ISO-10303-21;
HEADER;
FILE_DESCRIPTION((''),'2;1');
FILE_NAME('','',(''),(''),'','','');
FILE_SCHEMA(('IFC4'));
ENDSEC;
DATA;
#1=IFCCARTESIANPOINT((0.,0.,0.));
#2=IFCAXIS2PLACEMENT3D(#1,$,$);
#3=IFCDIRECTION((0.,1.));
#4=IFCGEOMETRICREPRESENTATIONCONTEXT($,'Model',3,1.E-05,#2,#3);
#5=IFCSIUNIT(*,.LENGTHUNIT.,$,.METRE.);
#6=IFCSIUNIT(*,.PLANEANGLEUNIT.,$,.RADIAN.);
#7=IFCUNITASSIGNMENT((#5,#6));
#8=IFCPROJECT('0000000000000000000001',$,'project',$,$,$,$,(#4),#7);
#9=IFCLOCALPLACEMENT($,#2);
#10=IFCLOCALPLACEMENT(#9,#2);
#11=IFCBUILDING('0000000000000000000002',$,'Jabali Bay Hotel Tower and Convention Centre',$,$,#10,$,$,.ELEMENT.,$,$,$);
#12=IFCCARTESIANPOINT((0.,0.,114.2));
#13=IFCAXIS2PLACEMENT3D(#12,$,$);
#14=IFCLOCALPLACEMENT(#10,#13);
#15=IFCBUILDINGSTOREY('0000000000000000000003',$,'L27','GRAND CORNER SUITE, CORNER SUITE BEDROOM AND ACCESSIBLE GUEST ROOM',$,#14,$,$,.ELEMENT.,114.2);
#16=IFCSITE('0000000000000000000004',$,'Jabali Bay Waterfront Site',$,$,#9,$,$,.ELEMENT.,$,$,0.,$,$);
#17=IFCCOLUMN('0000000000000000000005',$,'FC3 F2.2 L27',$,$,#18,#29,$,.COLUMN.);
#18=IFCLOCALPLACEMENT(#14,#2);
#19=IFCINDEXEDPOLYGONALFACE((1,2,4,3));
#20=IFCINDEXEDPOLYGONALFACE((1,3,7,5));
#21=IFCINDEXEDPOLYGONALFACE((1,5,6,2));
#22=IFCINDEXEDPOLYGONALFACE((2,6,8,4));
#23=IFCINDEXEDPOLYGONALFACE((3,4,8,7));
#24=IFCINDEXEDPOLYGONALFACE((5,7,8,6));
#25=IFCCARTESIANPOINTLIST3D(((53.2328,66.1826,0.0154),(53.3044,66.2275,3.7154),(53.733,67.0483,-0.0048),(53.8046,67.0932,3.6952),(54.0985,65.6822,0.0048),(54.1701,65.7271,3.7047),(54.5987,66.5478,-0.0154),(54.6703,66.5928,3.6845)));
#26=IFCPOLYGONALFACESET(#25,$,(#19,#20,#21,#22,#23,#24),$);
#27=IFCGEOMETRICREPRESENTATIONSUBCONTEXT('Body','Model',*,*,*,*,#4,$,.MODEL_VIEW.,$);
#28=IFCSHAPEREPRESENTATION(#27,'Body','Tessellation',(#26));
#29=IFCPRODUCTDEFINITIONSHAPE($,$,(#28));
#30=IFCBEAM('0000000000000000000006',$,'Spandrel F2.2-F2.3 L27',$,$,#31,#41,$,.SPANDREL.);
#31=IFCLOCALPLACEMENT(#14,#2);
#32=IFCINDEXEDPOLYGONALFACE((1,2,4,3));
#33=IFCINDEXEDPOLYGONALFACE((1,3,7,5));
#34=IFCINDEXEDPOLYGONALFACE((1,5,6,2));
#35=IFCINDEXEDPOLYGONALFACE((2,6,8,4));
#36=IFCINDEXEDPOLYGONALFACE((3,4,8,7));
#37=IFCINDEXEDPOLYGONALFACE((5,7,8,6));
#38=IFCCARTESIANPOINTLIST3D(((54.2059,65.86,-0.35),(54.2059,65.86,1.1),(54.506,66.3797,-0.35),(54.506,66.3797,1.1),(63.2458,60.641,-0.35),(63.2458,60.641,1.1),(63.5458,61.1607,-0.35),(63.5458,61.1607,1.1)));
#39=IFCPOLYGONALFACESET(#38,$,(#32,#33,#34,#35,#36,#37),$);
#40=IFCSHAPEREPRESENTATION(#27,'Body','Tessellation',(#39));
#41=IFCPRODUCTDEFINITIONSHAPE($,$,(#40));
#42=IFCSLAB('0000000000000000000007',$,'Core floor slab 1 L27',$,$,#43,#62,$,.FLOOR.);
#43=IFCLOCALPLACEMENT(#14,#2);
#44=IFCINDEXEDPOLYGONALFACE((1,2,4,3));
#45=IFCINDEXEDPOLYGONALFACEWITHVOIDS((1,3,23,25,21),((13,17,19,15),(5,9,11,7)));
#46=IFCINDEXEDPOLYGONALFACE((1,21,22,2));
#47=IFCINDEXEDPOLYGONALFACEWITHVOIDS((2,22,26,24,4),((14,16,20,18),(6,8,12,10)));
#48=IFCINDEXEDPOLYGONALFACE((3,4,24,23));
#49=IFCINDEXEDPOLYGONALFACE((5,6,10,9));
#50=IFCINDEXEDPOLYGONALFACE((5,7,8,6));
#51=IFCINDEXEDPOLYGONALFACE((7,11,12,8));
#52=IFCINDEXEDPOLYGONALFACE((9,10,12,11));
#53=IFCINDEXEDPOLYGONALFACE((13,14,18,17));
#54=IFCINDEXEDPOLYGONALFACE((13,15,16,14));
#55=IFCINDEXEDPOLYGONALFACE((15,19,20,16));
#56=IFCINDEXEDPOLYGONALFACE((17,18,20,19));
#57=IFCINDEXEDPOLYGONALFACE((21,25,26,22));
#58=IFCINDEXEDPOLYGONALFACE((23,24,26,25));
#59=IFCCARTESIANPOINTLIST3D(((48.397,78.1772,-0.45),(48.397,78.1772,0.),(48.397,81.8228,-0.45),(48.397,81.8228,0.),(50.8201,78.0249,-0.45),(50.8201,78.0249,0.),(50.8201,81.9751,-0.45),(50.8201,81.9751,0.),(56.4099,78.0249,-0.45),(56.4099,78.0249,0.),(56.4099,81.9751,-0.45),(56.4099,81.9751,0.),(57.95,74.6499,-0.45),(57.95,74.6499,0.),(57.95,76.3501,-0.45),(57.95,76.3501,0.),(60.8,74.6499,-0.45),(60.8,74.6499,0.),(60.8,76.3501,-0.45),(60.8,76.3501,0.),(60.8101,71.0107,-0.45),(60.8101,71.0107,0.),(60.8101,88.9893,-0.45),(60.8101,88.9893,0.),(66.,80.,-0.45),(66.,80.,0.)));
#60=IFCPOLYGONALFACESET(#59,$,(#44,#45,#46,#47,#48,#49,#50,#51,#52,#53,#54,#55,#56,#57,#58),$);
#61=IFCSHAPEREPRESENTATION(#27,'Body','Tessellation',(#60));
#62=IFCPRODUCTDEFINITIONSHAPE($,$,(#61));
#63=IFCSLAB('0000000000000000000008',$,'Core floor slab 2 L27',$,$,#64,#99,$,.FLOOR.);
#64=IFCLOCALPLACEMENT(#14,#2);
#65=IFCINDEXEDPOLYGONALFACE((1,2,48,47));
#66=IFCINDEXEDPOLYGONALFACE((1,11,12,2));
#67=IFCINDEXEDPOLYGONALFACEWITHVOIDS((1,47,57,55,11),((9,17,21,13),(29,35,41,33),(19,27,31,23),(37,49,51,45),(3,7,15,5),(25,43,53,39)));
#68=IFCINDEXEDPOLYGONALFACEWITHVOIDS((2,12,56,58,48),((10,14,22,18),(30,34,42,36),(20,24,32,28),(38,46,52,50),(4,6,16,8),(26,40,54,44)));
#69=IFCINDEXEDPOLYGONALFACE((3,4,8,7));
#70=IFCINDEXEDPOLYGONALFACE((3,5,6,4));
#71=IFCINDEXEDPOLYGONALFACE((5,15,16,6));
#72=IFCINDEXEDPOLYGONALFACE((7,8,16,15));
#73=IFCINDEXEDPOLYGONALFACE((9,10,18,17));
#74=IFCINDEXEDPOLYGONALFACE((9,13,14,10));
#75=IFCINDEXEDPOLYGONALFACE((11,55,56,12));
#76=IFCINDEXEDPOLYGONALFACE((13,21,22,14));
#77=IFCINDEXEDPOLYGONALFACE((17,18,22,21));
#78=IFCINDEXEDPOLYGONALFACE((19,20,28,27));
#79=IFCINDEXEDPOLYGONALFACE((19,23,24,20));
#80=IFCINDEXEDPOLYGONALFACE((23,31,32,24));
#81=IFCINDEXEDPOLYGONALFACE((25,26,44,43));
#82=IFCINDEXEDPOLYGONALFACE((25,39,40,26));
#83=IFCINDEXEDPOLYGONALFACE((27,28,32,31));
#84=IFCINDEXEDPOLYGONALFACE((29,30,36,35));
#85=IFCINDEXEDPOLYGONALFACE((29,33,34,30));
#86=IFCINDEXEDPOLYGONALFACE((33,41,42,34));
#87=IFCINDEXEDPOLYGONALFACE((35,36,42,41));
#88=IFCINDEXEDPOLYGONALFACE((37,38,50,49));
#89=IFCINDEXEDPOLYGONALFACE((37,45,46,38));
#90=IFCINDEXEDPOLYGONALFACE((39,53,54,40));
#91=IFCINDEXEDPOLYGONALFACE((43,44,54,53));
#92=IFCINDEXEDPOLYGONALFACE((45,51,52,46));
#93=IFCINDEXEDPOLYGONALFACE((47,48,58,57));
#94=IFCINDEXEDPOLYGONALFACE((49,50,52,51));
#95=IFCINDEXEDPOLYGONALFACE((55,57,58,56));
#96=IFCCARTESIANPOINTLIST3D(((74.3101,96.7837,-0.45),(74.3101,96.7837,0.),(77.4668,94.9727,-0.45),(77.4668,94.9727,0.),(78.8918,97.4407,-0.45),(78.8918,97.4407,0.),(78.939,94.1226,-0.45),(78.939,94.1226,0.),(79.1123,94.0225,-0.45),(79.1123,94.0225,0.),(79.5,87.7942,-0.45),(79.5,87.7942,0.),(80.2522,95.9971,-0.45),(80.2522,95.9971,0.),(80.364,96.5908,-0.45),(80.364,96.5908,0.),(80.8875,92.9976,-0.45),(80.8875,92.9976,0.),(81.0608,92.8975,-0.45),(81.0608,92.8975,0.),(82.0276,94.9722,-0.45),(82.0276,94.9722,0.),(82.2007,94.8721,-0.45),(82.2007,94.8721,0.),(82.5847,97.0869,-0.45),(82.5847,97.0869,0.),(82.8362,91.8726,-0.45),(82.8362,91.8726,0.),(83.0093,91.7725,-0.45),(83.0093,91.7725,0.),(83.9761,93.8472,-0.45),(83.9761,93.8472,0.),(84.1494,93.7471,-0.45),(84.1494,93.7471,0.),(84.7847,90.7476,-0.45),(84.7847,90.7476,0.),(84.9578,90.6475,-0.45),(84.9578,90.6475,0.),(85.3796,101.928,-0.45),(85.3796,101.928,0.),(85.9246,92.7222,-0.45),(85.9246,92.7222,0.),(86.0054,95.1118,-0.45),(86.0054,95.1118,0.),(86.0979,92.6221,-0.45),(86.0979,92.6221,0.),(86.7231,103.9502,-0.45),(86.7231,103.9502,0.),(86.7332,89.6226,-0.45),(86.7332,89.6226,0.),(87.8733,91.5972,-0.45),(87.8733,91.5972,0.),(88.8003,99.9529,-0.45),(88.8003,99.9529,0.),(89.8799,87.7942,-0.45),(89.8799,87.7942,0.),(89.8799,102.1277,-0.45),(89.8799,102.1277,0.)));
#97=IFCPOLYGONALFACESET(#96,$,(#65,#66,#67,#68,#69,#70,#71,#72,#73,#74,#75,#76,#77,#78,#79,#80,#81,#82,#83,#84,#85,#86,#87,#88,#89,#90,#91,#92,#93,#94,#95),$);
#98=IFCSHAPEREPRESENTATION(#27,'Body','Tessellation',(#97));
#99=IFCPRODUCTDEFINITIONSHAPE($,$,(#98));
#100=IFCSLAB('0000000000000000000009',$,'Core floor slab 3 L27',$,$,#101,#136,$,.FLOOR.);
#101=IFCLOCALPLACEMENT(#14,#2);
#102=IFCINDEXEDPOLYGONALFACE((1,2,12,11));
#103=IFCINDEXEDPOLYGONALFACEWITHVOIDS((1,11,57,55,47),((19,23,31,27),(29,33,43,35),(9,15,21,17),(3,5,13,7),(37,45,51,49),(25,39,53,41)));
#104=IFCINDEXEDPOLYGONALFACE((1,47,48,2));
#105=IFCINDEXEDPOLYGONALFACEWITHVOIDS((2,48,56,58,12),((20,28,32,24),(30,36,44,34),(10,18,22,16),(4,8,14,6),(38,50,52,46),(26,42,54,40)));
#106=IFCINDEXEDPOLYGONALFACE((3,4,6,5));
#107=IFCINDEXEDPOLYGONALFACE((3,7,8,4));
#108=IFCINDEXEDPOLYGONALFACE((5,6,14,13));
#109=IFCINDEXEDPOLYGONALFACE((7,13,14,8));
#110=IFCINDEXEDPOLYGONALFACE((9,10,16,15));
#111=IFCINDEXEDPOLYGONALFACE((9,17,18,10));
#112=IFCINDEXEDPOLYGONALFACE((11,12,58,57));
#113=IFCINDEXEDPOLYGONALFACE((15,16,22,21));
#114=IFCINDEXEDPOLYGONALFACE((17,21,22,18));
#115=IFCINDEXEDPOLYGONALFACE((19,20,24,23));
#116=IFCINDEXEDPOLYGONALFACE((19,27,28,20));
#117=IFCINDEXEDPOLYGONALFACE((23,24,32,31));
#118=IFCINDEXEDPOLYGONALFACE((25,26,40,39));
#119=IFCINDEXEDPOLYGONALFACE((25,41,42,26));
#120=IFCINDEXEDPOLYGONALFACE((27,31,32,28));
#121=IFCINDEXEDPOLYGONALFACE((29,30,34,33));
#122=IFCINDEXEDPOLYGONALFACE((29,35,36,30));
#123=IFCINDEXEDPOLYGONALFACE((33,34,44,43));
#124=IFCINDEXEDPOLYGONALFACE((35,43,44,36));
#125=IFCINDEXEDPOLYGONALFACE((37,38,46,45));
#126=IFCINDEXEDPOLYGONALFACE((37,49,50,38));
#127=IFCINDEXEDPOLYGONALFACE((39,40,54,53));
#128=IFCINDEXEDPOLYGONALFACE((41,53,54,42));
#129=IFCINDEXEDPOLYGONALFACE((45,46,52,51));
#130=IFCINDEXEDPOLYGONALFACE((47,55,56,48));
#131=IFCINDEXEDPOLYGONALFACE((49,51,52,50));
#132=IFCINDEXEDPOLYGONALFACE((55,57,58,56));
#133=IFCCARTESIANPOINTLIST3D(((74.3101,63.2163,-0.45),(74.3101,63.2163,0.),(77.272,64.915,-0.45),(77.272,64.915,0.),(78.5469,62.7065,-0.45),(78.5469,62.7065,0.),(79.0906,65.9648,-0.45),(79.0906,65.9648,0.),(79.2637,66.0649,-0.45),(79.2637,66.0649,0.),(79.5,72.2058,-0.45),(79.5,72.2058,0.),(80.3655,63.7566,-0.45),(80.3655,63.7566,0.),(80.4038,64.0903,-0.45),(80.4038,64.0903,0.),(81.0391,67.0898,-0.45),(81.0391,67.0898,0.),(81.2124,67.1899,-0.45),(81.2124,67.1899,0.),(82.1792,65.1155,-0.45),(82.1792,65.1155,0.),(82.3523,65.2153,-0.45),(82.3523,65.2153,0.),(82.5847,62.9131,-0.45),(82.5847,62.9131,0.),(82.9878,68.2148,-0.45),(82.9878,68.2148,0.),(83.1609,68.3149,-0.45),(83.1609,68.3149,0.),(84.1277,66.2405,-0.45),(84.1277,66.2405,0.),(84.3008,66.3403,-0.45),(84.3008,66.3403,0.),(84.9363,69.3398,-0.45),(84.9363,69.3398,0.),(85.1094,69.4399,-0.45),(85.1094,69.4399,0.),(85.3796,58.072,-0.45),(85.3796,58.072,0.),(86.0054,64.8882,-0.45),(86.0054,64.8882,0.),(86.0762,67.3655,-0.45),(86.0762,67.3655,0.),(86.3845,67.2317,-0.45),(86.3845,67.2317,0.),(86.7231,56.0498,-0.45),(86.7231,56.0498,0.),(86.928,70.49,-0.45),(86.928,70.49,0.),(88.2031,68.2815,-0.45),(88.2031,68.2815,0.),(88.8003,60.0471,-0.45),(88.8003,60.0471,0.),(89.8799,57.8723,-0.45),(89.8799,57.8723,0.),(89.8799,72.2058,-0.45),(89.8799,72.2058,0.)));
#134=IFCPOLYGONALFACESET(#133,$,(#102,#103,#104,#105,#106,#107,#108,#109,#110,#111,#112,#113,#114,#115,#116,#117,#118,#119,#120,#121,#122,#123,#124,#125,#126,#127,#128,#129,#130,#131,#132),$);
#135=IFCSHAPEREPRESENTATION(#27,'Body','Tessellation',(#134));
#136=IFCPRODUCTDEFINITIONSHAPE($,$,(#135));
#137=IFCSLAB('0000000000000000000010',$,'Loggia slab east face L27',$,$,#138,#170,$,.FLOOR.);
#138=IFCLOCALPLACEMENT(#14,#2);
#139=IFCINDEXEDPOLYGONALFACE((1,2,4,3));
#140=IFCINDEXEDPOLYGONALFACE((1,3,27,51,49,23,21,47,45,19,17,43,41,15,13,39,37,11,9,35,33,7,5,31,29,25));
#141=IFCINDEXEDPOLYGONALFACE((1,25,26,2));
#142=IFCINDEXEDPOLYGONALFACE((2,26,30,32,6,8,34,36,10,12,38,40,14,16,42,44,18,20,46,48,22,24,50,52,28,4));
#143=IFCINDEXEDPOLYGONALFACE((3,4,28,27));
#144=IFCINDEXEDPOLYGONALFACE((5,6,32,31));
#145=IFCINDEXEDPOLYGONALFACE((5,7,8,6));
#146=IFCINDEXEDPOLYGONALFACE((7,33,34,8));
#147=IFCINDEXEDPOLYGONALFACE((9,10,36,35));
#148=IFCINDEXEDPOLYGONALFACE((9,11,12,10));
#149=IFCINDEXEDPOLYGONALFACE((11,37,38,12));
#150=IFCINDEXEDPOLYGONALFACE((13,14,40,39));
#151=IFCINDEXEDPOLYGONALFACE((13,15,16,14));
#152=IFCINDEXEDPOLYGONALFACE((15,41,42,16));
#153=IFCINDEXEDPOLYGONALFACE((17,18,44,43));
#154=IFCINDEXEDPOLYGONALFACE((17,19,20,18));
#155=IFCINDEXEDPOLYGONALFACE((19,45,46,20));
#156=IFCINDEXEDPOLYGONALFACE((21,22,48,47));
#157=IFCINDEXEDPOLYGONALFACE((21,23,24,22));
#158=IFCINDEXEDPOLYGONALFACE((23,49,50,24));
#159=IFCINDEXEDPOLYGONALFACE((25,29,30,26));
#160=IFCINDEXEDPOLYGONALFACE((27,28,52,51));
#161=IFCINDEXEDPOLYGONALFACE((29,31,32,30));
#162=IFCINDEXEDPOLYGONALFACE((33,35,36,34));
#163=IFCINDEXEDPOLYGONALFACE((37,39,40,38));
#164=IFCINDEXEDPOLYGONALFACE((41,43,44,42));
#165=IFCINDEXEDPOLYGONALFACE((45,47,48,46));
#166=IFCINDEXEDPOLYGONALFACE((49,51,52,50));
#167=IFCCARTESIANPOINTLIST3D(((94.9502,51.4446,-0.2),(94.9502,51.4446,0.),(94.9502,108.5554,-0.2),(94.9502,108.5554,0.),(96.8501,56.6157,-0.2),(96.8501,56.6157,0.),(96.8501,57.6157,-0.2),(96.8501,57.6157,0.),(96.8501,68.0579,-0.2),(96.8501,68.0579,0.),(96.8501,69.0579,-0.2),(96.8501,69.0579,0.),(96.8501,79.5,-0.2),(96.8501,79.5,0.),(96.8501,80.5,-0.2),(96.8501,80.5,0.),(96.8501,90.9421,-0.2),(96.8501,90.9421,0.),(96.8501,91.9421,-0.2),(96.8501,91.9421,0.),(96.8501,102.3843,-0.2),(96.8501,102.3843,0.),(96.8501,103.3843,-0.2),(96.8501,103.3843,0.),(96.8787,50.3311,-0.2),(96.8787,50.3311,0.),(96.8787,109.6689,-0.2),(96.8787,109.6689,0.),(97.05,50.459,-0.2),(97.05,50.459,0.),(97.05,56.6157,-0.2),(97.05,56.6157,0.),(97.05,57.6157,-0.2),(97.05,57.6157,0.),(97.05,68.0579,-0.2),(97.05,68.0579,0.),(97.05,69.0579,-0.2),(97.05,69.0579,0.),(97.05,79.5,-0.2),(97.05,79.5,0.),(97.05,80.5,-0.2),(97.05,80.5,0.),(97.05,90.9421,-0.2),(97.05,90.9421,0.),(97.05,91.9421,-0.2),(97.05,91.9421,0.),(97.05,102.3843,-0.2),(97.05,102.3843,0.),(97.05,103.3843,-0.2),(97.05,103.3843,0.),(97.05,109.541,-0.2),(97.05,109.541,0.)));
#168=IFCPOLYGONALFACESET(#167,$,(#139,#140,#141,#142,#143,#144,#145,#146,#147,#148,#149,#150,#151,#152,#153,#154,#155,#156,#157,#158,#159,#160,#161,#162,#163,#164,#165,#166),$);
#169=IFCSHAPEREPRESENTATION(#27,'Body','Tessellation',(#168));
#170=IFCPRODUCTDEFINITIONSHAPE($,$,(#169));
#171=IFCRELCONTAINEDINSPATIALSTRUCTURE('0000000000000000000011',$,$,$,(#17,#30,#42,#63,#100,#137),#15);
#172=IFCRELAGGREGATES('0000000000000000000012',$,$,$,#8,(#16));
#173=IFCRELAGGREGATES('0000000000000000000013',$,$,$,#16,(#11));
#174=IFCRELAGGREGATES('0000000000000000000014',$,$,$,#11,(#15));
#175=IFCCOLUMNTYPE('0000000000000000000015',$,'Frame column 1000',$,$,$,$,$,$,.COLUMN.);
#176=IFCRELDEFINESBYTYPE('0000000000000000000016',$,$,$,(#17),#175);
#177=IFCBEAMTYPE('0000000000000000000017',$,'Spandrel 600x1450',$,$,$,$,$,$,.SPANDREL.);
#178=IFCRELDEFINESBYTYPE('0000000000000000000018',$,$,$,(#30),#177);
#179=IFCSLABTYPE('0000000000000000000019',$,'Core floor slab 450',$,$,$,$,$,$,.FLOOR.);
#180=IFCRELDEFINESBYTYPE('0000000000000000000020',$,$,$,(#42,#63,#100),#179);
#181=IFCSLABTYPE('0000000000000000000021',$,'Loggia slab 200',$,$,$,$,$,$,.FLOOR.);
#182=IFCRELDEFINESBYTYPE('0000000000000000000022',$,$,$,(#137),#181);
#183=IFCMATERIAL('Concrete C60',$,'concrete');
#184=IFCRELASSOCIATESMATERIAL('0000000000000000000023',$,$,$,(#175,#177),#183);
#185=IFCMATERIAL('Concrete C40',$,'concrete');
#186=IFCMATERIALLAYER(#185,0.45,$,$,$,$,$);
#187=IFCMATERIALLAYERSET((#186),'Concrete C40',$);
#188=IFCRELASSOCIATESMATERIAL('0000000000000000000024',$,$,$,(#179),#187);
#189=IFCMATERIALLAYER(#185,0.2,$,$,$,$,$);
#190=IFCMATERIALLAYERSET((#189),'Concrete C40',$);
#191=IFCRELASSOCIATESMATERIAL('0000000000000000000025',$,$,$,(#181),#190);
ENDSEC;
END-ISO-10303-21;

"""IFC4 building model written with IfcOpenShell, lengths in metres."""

from ifc_helpers import new_model, si_unit, direction, frame, origin, origin_2d, place, context, subcontext, project, spatial, polyline, rectangle, outline, extrude, material, layer, layer_set, material_profile, profile_set, type_object, element, save


model = new_model("IFC4")

# Units and contexts
model_context = context("Model", 3, precision=1e-05, world=origin(), true_north=direction((0.0, 1.0)))
body_context = subcontext(model_context, "Body", "Model", "MODEL_VIEW")
ifc_project = project(units=[si_unit("LENGTHUNIT", "METRE"), si_unit("PLANEANGLEUNIT", "RADIAN")], contexts=[model_context])

# Site, building, storey
site_placement = place(None, origin())
site = spatial("IfcSite", under=ifc_project, at=site_placement, Name="Jabali Bay Waterfront Site", CompositionType="ELEMENT", RefElevation=0.0)
building_placement = place(site_placement, origin())
building = spatial("IfcBuilding", under=site, at=building_placement, Name="Jabali Bay Hotel Tower and Convention Centre", CompositionType="ELEMENT")
storey_placement = place(building_placement, frame((0.0, 0.0, 114.2)))
storey = spatial("IfcBuildingStorey", under=building, at=storey_placement, Name="L27", Description="GRAND CORNER SUITE, CORNER SUITE BEDROOM AND ACCESSIBLE GUEST ROOM", CompositionType="ELEMENT", Elevation=114.2)

# Column
ifc_material_1 = material(Name="Concrete C60", Category="concrete")
ifc_material_profile_1 = material_profile(ifc_material_1, rectangle(XDim=1.0, YDim=1.0, at=origin_2d()), Name="Frame column 1000")
ifc_profile_set_1 = profile_set([ifc_material_profile_1], Name="Concrete C60")
column_type = type_object("IfcColumnType", Name="Frame column 1000", PredefinedType="COLUMN", material=ifc_profile_set_1)
column_placement = place(storey_placement, frame((53.9158, 66.3652, 0.0), z_axis=(0.019329, 0.012138, 0.99974), x_axis=(-0.865694, 0.50046, 0.010661)))
element("IfcColumn", 1, at=column_placement, inside=storey, type_object=column_type, Name="FC3 F2.2 L27", PredefinedType="COLUMN", context=body_context, shape_type="SweptSolid", body=[
    extrude(rectangle(XDim=1.0, YDim=1.0, at=origin_2d()), origin(), (0.0, 0.0, 1.0), 3.7009),
])

# Beam
ifc_material_profile_2 = material_profile(ifc_material_1, rectangle(XDim=0.6001, YDim=1.45, at=origin_2d()), Name="Spandrel 600x1450")
ifc_profile_set_2 = profile_set([ifc_material_profile_2], Name="Concrete C60")
beam_type = type_object("IfcBeamType", Name="Spandrel 600x1450", PredefinedType="SPANDREL", material=ifc_profile_set_2)
beam_placement = place(storey_placement, frame((54.356, 66.1199, 0.375), z_axis=(0.866031, -0.49999, 0.0), x_axis=(0.49999, 0.866031, 0.0)))
element("IfcBeam", 2, at=beam_placement, inside=storey, type_object=beam_type, Name="Spandrel F2.2-F2.3 L27", PredefinedType="SPANDREL", context=body_context, shape_type="SweptSolid", body=[
    extrude(rectangle(XDim=0.6001, YDim=1.45, at=origin_2d()), origin(), (0.0, 0.0, 1.0), 10.4382),
])

# Slabs
ifc_material_2 = material(Name="Concrete C40", Category="concrete")
ifc_layer_1 = layer(ifc_material_2, 0.45)
ifc_layer_set_1 = layer_set([ifc_layer_1], Name="Concrete C40")
slab_type_1 = type_object("IfcSlabType", Name="Core floor slab 450", PredefinedType="FLOOR", material=ifc_layer_set_1)
slab_1_placement = place(storey_placement, frame((0.0, 0.0, -0.45)))
element("IfcSlab", 3, at=slab_1_placement, inside=storey, type_object=slab_type_1, Name="Core floor slab 1 L27", PredefinedType="FLOOR", context=body_context, shape_type="SweptSolid", body=[
    extrude(outline(polyline([(66.0, 80.0), (60.8101, 88.9893), (48.397, 81.8228), (48.397, 78.1772), (60.8101, 71.0107), (66.0, 80.0)]), holes=[polyline([(60.8, 76.3501), (57.95, 76.3501), (57.95, 74.6499), (60.8, 74.6499), (60.8, 76.3501)]), polyline([(50.8201, 81.9751), (50.8201, 78.0249), (56.4099, 78.0249), (56.4099, 81.9751), (50.8201, 81.9751)])]), origin(), (0.0, 0.0, 1.0), 0.45),
])
slab_2_placement = place(storey_placement, frame((0.0, 0.0, -0.45)))
element("IfcSlab", 4, at=slab_2_placement, inside=storey, type_object=slab_type_1, Name="Core floor slab 2 L27", PredefinedType="FLOOR", context=body_context, shape_type="SweptSolid", body=[
    extrude(outline(polyline([(79.5, 87.7942), (89.8799, 87.7942), (89.8799, 102.1277), (86.7231, 103.9502), (74.3101, 96.7837), (79.5, 87.7942)]), holes=[polyline([(84.9578, 90.6475), (86.7332, 89.6226), (87.8733, 91.5972), (86.0979, 92.6221), (84.9578, 90.6475)]), polyline([(84.1494, 93.7471), (83.0093, 91.7725), (84.7847, 90.7476), (85.9246, 92.7222), (84.1494, 93.7471)]), polyline([(82.2007, 94.8721), (81.0608, 92.8975), (82.8362, 91.8726), (83.9761, 93.8472), (82.2007, 94.8721)]), polyline([(79.1123, 94.0225), (80.8875, 92.9976), (82.0276, 94.9722), (80.2522, 95.9971), (79.1123, 94.0225)]), polyline([(78.8918, 97.4407), (77.4668, 94.9727), (78.939, 94.1226), (80.364, 96.5908), (78.8918, 97.4407)]), polyline([(82.5847, 97.0869), (86.0054, 95.1118), (88.8003, 99.9529), (85.3796, 101.928), (82.5847, 97.0869)])]), origin(), (0.0, 0.0, 1.0), 0.45),
])
slab_3_placement = place(storey_placement, frame((0.0, 0.0, -0.45)))
element("IfcSlab", 5, at=slab_3_placement, inside=storey, type_object=slab_type_1, Name="Core floor slab 3 L27", PredefinedType="FLOOR", context=body_context, shape_type="SweptSolid", body=[
    extrude(outline(polyline([(79.5, 72.2058), (74.3101, 63.2163), (86.7231, 56.0498), (89.8799, 57.8723), (89.8799, 72.2058), (79.5, 72.2058)]), holes=[polyline([(82.5847, 62.9131), (85.3796, 58.072), (88.8003, 60.0471), (86.0054, 64.8882), (82.5847, 62.9131)]), polyline([(80.3655, 63.7566), (79.0906, 65.9648), (77.272, 64.915), (78.5469, 62.7065), (80.3655, 63.7566)]), polyline([(82.1792, 65.1155), (81.0391, 67.0898), (79.2637, 66.0649), (80.4038, 64.0903), (82.1792, 65.1155)]), polyline([(82.9878, 68.2148), (81.2124, 67.1899), (82.3523, 65.2153), (84.1277, 66.2405), (82.9878, 68.2148)]), polyline([(86.0762, 67.3655), (84.9363, 69.3398), (83.1609, 68.3149), (84.3008, 66.3403), (86.0762, 67.3655)]), polyline([(88.2031, 68.2815), (86.928, 70.49), (85.1094, 69.4399), (86.3845, 67.2317), (88.2031, 68.2815)])]), origin(), (0.0, 0.0, 1.0), 0.45),
])
ifc_layer_2 = layer(ifc_material_2, 0.2)
ifc_layer_set_2 = layer_set([ifc_layer_2], Name="Concrete C40")
slab_type_2 = type_object("IfcSlabType", Name="Loggia slab 200", PredefinedType="FLOOR", material=ifc_layer_set_2)
slab_4_placement = place(storey_placement, frame((0.0, 0.0, -0.2)))
element("IfcSlab", 6, at=slab_4_placement, inside=storey, type_object=slab_type_2, Name="Loggia slab east face L27", PredefinedType="FLOOR", context=body_context, shape_type="SweptSolid", body=[
    extrude(outline(polyline([(94.9502, 108.5554), (96.8787, 109.6689), (97.05, 109.541), (97.05, 103.3843), (96.8501, 103.3843), (96.8501, 102.3843), (97.05, 102.3843), (97.05, 91.9421), (96.8501, 91.9421), (96.8501, 90.9421), (97.05, 90.9421), (97.05, 80.5), (96.8501, 80.5), (96.8501, 79.5), (97.05, 79.5), (97.05, 69.0579), (96.8501, 69.0579), (96.8501, 68.0579), (97.05, 68.0579), (97.05, 57.6157), (96.8501, 57.6157), (96.8501, 56.6157), (97.05, 56.6157), (97.05, 50.459), (96.8787, 50.3311), (94.9502, 51.4446), (94.9502, 108.5554)])), origin(), (0.0, 0.0, 1.0), 0.2),
])

save(model, "model.ifc")
